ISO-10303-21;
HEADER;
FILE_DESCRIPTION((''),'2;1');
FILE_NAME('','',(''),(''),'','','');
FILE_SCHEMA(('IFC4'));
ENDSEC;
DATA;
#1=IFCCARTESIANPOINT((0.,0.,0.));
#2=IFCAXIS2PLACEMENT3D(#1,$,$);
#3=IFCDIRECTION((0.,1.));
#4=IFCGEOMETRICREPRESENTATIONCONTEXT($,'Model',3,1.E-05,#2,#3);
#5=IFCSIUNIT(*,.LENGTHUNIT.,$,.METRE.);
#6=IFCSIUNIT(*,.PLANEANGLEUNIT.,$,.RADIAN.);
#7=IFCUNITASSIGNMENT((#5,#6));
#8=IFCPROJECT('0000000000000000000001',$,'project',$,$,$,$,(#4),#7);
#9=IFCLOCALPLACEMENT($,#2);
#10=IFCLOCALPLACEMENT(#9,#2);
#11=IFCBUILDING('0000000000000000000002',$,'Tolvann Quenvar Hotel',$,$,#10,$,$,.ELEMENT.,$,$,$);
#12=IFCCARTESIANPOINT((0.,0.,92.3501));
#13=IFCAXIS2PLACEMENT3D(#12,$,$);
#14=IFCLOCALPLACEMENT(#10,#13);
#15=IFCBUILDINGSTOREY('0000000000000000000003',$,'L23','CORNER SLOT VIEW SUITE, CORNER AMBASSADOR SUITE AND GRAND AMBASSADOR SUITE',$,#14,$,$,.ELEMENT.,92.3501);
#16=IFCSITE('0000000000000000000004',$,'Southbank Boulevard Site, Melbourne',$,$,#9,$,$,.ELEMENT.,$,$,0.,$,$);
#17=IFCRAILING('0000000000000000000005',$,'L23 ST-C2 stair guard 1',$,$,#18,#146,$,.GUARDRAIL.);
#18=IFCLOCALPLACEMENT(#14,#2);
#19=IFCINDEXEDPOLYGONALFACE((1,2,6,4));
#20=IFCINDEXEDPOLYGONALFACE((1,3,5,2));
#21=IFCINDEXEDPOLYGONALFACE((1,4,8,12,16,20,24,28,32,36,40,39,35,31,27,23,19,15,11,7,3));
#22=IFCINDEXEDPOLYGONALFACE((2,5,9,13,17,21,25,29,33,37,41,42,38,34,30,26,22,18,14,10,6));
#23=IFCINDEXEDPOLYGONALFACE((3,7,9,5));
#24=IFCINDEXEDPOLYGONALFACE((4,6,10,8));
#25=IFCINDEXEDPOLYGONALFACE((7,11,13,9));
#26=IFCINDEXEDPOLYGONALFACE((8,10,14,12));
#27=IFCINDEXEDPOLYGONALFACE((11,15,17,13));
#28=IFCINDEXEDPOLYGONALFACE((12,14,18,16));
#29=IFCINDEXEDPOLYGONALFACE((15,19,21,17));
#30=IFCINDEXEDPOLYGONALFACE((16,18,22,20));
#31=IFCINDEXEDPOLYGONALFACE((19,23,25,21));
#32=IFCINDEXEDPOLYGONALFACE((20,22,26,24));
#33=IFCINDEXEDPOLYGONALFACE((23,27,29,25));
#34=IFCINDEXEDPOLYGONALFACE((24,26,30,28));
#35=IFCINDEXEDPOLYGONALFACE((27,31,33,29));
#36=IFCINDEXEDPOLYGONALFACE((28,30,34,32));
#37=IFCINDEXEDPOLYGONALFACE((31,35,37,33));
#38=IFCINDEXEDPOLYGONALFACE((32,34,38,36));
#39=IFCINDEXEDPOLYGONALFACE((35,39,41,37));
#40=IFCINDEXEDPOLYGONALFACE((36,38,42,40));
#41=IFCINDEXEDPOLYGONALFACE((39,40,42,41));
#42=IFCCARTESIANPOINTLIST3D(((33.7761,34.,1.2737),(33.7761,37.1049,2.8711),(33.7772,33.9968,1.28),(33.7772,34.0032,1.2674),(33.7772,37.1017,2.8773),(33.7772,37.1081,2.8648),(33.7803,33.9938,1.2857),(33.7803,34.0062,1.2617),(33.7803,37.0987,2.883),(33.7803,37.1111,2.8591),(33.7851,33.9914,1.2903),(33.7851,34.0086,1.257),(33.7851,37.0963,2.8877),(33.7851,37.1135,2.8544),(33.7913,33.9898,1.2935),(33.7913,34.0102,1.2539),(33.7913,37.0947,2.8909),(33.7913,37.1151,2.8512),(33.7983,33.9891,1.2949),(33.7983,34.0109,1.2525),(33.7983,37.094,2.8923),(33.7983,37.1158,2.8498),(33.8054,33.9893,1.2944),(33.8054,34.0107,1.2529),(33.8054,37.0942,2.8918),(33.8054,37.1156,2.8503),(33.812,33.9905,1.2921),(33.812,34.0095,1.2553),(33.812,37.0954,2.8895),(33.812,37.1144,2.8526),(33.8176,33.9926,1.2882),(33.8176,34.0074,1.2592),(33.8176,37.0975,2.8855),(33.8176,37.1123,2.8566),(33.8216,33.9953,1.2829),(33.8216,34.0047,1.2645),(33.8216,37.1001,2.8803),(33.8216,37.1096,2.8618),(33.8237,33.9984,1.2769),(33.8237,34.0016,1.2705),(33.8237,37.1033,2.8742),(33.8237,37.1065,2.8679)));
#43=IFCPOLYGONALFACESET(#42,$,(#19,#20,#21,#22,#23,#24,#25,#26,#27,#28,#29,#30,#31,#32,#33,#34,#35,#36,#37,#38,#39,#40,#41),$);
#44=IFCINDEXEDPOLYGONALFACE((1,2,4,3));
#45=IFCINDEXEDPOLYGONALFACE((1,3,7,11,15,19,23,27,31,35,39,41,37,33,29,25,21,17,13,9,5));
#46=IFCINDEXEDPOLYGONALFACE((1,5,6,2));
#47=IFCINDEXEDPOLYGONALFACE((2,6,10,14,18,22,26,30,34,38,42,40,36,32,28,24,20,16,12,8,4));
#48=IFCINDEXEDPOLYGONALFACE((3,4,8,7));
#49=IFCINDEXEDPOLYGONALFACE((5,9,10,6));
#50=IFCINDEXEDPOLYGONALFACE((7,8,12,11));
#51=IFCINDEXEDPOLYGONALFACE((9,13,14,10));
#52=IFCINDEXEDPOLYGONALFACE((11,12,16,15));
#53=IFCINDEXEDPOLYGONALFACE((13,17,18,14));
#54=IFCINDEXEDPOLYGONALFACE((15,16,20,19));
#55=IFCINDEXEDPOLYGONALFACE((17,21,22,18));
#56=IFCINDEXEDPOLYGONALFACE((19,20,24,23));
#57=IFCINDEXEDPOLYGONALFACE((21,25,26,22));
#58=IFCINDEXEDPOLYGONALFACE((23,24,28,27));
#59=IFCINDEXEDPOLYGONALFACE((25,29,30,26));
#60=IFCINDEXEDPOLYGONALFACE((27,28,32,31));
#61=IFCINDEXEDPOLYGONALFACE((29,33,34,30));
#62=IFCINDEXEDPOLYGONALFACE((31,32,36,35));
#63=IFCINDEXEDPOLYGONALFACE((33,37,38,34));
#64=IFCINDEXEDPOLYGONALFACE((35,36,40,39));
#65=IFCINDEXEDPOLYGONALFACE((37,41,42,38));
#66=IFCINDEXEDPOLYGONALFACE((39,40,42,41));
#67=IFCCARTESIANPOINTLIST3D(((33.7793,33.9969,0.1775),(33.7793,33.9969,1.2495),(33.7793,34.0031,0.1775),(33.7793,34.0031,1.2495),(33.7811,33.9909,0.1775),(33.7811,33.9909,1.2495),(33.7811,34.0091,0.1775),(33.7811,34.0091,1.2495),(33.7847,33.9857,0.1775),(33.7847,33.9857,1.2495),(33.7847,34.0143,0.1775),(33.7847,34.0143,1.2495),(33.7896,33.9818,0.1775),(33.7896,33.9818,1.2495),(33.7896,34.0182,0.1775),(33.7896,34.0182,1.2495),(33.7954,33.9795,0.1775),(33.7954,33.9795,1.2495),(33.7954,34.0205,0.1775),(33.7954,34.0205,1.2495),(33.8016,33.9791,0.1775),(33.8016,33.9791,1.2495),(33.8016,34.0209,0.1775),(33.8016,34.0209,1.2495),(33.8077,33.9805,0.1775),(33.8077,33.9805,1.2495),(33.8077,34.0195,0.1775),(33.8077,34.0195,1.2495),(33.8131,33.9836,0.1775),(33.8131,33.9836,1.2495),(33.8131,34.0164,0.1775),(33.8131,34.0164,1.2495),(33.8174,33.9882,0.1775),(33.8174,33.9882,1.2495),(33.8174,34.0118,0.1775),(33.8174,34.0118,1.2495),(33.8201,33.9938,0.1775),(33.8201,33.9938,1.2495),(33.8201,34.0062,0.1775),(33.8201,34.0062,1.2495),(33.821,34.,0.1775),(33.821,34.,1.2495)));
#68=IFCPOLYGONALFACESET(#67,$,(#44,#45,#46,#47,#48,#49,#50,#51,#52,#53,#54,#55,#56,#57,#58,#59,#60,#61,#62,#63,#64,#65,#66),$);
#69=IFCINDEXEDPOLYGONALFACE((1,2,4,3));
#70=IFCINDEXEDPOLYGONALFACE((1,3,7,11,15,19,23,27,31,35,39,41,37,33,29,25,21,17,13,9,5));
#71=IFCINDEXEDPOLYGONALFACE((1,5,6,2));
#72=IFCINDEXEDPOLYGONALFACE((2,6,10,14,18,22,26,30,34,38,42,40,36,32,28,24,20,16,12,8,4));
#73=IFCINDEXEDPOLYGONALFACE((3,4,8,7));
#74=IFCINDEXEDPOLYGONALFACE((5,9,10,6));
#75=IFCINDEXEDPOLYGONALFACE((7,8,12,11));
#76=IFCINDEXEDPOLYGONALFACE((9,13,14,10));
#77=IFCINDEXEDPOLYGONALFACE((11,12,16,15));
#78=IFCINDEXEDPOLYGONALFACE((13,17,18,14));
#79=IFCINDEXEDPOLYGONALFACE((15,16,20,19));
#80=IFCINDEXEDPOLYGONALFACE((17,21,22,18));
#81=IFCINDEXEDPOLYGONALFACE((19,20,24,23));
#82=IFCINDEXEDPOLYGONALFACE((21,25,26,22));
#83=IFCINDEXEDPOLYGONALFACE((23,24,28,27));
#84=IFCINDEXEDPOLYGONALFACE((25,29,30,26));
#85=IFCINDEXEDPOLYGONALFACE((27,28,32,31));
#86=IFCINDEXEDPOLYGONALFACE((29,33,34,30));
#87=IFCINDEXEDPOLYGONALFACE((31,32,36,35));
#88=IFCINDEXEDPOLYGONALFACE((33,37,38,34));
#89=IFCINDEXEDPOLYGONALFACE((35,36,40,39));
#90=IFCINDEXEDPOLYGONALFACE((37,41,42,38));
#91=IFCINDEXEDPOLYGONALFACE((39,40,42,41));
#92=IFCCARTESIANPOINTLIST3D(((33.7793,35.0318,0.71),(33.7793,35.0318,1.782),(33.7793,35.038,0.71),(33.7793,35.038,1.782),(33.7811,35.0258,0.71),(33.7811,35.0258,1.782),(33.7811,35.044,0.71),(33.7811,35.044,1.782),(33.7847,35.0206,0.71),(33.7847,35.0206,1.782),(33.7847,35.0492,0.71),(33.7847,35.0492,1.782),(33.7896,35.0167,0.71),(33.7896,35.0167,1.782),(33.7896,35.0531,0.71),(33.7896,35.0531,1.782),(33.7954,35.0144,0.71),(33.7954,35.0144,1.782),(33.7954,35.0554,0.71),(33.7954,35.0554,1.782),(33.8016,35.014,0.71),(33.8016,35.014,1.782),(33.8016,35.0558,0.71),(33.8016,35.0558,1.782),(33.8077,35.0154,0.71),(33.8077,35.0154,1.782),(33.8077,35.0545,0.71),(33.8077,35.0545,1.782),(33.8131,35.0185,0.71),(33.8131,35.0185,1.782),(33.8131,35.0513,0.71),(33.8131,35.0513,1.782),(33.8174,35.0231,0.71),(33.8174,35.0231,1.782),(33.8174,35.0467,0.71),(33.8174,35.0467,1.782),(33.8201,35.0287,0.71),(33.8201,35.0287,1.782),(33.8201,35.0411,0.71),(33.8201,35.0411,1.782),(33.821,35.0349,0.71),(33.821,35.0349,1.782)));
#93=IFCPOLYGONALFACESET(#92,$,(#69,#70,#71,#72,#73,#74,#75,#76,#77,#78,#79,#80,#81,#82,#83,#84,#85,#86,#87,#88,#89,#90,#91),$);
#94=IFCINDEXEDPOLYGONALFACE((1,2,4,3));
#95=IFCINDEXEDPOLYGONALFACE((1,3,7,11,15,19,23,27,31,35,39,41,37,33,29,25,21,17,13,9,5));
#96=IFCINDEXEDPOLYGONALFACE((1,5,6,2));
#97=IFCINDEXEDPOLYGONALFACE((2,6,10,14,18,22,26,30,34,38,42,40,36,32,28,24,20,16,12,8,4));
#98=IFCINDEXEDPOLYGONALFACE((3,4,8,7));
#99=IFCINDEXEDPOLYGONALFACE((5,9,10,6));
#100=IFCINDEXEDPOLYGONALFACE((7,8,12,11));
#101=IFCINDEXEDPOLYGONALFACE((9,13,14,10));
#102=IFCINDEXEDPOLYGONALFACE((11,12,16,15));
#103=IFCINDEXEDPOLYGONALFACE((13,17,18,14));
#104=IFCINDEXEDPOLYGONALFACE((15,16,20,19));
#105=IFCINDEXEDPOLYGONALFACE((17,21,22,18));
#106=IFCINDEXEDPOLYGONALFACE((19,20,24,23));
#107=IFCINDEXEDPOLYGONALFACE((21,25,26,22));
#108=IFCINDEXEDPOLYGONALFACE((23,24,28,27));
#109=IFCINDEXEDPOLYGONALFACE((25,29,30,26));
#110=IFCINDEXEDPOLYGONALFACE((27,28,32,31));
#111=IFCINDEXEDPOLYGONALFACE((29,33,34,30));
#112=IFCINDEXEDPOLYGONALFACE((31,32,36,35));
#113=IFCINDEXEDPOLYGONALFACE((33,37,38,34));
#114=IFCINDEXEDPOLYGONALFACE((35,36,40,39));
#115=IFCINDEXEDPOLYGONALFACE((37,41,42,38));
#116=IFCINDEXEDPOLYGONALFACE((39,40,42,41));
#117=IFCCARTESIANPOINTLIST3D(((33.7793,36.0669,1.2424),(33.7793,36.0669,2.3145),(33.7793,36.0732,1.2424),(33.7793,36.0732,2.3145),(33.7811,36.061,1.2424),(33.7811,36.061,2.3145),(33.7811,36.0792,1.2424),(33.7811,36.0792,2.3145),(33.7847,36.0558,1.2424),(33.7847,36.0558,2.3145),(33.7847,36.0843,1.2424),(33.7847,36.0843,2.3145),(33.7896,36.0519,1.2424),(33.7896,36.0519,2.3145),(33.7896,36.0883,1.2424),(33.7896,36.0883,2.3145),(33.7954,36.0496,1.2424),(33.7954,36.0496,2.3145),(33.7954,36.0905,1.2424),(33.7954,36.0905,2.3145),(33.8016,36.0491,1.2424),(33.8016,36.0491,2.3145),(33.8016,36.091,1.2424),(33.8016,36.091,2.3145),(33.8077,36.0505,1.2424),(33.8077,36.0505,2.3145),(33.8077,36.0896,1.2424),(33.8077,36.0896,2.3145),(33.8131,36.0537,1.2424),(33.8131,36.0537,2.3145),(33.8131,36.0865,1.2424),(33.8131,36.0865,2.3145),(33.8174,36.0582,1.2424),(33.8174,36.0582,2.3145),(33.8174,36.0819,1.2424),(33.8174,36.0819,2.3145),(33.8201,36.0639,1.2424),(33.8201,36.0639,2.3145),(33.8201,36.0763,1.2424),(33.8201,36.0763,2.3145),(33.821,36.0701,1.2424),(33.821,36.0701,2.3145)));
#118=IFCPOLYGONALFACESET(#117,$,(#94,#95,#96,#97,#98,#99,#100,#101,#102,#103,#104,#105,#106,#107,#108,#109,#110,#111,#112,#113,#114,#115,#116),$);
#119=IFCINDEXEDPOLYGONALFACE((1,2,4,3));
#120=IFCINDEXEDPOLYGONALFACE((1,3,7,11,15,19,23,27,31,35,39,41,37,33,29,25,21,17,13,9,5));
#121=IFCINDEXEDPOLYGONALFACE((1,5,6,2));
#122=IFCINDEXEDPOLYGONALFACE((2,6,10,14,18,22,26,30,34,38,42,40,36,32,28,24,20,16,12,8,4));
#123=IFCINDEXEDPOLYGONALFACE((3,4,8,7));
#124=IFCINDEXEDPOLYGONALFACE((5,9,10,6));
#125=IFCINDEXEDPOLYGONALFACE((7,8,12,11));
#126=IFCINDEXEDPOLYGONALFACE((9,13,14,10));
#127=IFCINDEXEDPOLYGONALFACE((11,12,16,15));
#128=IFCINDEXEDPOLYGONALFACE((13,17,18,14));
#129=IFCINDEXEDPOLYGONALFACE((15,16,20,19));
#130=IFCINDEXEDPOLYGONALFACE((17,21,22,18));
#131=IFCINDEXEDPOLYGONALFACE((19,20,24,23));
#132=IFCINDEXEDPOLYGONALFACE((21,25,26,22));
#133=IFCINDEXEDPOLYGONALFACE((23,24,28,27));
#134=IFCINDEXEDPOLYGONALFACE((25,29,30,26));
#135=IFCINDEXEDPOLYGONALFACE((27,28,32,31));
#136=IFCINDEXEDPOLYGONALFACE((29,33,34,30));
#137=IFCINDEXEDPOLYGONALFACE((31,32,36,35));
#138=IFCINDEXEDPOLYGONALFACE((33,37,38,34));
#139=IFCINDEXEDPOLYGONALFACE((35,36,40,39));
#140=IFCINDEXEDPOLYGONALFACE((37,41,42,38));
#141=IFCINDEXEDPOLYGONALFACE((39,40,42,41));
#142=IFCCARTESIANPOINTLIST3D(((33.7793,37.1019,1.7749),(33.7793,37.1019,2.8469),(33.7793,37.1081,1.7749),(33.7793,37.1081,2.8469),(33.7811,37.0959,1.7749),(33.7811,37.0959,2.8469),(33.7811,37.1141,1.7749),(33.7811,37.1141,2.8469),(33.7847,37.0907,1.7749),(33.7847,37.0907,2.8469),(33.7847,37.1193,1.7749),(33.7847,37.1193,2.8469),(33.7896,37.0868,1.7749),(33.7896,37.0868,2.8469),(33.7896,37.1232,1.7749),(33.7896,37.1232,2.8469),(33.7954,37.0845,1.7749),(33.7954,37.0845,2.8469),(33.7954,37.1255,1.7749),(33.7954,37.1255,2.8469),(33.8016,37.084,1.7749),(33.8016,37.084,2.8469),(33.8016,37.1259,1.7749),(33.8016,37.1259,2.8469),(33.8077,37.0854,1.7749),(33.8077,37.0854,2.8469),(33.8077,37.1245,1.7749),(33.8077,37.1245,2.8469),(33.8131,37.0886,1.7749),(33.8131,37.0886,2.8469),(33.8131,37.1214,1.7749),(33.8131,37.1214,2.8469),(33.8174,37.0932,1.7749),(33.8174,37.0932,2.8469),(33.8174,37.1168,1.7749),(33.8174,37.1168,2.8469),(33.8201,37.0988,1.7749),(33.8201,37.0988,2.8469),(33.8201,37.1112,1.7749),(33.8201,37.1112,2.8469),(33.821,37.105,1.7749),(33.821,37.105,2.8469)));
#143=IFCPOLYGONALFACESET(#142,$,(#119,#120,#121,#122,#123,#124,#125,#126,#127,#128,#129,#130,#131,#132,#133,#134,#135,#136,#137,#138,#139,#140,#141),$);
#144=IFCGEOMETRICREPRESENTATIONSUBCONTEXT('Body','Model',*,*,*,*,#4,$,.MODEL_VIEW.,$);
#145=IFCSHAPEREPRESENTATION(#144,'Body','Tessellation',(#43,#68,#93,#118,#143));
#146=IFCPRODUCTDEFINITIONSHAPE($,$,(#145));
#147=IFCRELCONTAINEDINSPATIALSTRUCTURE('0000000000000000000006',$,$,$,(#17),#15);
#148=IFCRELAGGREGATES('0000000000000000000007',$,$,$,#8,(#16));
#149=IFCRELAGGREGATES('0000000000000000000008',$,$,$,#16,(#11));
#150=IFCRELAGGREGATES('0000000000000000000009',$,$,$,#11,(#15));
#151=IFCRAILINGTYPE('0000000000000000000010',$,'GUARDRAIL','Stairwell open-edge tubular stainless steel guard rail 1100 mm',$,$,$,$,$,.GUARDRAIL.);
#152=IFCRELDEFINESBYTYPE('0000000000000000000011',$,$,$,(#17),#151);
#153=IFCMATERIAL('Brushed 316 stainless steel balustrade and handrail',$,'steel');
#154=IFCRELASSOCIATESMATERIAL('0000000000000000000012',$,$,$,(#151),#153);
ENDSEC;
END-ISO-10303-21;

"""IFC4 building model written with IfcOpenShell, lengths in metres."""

from ifc_helpers import new_model, si_unit, direction, frame, origin, origin_2d, place, context, subcontext, project, spatial, circle, extrude, material, type_object, element, save


model = new_model("IFC4")

# Units and contexts
model_context = context("Model", 3, precision=1e-05, world=origin(), true_north=direction((0.0, 1.0)))
body_context = subcontext(model_context, "Body", "Model", "MODEL_VIEW")
ifc_project = project(units=[si_unit("LENGTHUNIT", "METRE"), si_unit("PLANEANGLEUNIT", "RADIAN")], contexts=[model_context])

# Site, building, storey
site_placement = place(None, origin())
site = spatial("IfcSite", under=ifc_project, at=site_placement, Name="Southbank Boulevard Site, Melbourne", CompositionType="ELEMENT", RefElevation=0.0)
building_placement = place(site_placement, origin())
building = spatial("IfcBuilding", under=site, at=building_placement, Name="Tolvann Quenvar Hotel", CompositionType="ELEMENT")
storey_placement = place(building_placement, frame((0.0, 0.0, 92.3501)))
storey = spatial("IfcBuildingStorey", under=building, at=storey_placement, Name="L23", Description="CORNER SLOT VIEW SUITE, CORNER AMBASSADOR SUITE AND GRAND AMBASSADOR SUITE", CompositionType="ELEMENT", Elevation=92.3501)

# Railing
ifc_material_1 = material(Name="Brushed 316 stainless steel balustrade and handrail", Category="steel")
railing_type_1 = type_object("IfcRailingType", Name="GUARDRAIL", Description="Stairwell open-edge tubular stainless steel guard rail 1100 mm", PredefinedType="GUARDRAIL", material=ifc_material_1)
railing_1_placement = place(storey_placement, frame((33.8, 34.0, 0.1775)))
element("IfcRailing", 1, at=railing_1_placement, inside=storey, type_object=railing_type_1, Name="L23 ST-C2 stair guard 1", PredefinedType="GUARDRAIL", context=body_context, shape_type="SweptSolid", body=[
    extrude(circle(Radius=0.0239, at=origin_2d()), frame((0.0, 0.0, 1.0962), z_axis=(0.0, 0.889222, 0.457476), x_axis=(-1.0, 0.0, 0.0)), (0.0, 0.0, 1.0), 3.4917),
    extrude(circle(Radius=0.021, at=origin_2d()), origin(), (0.0, 0.0, 1.0), 1.072),
    extrude(circle(Radius=0.021, at=origin_2d()), frame((0.0, 1.0349, 0.5325)), (0.0, 0.0, 1.0), 1.072),
    extrude(circle(Radius=0.021, at=origin_2d()), frame((0.0, 2.0701, 1.0649)), (0.0, 0.0, 1.0), 1.072),
    extrude(circle(Radius=0.021, at=origin_2d()), frame((0.0, 3.105, 1.5974)), (0.0, 0.0, 1.0), 1.072),
])

save(model, "model.ifc")
